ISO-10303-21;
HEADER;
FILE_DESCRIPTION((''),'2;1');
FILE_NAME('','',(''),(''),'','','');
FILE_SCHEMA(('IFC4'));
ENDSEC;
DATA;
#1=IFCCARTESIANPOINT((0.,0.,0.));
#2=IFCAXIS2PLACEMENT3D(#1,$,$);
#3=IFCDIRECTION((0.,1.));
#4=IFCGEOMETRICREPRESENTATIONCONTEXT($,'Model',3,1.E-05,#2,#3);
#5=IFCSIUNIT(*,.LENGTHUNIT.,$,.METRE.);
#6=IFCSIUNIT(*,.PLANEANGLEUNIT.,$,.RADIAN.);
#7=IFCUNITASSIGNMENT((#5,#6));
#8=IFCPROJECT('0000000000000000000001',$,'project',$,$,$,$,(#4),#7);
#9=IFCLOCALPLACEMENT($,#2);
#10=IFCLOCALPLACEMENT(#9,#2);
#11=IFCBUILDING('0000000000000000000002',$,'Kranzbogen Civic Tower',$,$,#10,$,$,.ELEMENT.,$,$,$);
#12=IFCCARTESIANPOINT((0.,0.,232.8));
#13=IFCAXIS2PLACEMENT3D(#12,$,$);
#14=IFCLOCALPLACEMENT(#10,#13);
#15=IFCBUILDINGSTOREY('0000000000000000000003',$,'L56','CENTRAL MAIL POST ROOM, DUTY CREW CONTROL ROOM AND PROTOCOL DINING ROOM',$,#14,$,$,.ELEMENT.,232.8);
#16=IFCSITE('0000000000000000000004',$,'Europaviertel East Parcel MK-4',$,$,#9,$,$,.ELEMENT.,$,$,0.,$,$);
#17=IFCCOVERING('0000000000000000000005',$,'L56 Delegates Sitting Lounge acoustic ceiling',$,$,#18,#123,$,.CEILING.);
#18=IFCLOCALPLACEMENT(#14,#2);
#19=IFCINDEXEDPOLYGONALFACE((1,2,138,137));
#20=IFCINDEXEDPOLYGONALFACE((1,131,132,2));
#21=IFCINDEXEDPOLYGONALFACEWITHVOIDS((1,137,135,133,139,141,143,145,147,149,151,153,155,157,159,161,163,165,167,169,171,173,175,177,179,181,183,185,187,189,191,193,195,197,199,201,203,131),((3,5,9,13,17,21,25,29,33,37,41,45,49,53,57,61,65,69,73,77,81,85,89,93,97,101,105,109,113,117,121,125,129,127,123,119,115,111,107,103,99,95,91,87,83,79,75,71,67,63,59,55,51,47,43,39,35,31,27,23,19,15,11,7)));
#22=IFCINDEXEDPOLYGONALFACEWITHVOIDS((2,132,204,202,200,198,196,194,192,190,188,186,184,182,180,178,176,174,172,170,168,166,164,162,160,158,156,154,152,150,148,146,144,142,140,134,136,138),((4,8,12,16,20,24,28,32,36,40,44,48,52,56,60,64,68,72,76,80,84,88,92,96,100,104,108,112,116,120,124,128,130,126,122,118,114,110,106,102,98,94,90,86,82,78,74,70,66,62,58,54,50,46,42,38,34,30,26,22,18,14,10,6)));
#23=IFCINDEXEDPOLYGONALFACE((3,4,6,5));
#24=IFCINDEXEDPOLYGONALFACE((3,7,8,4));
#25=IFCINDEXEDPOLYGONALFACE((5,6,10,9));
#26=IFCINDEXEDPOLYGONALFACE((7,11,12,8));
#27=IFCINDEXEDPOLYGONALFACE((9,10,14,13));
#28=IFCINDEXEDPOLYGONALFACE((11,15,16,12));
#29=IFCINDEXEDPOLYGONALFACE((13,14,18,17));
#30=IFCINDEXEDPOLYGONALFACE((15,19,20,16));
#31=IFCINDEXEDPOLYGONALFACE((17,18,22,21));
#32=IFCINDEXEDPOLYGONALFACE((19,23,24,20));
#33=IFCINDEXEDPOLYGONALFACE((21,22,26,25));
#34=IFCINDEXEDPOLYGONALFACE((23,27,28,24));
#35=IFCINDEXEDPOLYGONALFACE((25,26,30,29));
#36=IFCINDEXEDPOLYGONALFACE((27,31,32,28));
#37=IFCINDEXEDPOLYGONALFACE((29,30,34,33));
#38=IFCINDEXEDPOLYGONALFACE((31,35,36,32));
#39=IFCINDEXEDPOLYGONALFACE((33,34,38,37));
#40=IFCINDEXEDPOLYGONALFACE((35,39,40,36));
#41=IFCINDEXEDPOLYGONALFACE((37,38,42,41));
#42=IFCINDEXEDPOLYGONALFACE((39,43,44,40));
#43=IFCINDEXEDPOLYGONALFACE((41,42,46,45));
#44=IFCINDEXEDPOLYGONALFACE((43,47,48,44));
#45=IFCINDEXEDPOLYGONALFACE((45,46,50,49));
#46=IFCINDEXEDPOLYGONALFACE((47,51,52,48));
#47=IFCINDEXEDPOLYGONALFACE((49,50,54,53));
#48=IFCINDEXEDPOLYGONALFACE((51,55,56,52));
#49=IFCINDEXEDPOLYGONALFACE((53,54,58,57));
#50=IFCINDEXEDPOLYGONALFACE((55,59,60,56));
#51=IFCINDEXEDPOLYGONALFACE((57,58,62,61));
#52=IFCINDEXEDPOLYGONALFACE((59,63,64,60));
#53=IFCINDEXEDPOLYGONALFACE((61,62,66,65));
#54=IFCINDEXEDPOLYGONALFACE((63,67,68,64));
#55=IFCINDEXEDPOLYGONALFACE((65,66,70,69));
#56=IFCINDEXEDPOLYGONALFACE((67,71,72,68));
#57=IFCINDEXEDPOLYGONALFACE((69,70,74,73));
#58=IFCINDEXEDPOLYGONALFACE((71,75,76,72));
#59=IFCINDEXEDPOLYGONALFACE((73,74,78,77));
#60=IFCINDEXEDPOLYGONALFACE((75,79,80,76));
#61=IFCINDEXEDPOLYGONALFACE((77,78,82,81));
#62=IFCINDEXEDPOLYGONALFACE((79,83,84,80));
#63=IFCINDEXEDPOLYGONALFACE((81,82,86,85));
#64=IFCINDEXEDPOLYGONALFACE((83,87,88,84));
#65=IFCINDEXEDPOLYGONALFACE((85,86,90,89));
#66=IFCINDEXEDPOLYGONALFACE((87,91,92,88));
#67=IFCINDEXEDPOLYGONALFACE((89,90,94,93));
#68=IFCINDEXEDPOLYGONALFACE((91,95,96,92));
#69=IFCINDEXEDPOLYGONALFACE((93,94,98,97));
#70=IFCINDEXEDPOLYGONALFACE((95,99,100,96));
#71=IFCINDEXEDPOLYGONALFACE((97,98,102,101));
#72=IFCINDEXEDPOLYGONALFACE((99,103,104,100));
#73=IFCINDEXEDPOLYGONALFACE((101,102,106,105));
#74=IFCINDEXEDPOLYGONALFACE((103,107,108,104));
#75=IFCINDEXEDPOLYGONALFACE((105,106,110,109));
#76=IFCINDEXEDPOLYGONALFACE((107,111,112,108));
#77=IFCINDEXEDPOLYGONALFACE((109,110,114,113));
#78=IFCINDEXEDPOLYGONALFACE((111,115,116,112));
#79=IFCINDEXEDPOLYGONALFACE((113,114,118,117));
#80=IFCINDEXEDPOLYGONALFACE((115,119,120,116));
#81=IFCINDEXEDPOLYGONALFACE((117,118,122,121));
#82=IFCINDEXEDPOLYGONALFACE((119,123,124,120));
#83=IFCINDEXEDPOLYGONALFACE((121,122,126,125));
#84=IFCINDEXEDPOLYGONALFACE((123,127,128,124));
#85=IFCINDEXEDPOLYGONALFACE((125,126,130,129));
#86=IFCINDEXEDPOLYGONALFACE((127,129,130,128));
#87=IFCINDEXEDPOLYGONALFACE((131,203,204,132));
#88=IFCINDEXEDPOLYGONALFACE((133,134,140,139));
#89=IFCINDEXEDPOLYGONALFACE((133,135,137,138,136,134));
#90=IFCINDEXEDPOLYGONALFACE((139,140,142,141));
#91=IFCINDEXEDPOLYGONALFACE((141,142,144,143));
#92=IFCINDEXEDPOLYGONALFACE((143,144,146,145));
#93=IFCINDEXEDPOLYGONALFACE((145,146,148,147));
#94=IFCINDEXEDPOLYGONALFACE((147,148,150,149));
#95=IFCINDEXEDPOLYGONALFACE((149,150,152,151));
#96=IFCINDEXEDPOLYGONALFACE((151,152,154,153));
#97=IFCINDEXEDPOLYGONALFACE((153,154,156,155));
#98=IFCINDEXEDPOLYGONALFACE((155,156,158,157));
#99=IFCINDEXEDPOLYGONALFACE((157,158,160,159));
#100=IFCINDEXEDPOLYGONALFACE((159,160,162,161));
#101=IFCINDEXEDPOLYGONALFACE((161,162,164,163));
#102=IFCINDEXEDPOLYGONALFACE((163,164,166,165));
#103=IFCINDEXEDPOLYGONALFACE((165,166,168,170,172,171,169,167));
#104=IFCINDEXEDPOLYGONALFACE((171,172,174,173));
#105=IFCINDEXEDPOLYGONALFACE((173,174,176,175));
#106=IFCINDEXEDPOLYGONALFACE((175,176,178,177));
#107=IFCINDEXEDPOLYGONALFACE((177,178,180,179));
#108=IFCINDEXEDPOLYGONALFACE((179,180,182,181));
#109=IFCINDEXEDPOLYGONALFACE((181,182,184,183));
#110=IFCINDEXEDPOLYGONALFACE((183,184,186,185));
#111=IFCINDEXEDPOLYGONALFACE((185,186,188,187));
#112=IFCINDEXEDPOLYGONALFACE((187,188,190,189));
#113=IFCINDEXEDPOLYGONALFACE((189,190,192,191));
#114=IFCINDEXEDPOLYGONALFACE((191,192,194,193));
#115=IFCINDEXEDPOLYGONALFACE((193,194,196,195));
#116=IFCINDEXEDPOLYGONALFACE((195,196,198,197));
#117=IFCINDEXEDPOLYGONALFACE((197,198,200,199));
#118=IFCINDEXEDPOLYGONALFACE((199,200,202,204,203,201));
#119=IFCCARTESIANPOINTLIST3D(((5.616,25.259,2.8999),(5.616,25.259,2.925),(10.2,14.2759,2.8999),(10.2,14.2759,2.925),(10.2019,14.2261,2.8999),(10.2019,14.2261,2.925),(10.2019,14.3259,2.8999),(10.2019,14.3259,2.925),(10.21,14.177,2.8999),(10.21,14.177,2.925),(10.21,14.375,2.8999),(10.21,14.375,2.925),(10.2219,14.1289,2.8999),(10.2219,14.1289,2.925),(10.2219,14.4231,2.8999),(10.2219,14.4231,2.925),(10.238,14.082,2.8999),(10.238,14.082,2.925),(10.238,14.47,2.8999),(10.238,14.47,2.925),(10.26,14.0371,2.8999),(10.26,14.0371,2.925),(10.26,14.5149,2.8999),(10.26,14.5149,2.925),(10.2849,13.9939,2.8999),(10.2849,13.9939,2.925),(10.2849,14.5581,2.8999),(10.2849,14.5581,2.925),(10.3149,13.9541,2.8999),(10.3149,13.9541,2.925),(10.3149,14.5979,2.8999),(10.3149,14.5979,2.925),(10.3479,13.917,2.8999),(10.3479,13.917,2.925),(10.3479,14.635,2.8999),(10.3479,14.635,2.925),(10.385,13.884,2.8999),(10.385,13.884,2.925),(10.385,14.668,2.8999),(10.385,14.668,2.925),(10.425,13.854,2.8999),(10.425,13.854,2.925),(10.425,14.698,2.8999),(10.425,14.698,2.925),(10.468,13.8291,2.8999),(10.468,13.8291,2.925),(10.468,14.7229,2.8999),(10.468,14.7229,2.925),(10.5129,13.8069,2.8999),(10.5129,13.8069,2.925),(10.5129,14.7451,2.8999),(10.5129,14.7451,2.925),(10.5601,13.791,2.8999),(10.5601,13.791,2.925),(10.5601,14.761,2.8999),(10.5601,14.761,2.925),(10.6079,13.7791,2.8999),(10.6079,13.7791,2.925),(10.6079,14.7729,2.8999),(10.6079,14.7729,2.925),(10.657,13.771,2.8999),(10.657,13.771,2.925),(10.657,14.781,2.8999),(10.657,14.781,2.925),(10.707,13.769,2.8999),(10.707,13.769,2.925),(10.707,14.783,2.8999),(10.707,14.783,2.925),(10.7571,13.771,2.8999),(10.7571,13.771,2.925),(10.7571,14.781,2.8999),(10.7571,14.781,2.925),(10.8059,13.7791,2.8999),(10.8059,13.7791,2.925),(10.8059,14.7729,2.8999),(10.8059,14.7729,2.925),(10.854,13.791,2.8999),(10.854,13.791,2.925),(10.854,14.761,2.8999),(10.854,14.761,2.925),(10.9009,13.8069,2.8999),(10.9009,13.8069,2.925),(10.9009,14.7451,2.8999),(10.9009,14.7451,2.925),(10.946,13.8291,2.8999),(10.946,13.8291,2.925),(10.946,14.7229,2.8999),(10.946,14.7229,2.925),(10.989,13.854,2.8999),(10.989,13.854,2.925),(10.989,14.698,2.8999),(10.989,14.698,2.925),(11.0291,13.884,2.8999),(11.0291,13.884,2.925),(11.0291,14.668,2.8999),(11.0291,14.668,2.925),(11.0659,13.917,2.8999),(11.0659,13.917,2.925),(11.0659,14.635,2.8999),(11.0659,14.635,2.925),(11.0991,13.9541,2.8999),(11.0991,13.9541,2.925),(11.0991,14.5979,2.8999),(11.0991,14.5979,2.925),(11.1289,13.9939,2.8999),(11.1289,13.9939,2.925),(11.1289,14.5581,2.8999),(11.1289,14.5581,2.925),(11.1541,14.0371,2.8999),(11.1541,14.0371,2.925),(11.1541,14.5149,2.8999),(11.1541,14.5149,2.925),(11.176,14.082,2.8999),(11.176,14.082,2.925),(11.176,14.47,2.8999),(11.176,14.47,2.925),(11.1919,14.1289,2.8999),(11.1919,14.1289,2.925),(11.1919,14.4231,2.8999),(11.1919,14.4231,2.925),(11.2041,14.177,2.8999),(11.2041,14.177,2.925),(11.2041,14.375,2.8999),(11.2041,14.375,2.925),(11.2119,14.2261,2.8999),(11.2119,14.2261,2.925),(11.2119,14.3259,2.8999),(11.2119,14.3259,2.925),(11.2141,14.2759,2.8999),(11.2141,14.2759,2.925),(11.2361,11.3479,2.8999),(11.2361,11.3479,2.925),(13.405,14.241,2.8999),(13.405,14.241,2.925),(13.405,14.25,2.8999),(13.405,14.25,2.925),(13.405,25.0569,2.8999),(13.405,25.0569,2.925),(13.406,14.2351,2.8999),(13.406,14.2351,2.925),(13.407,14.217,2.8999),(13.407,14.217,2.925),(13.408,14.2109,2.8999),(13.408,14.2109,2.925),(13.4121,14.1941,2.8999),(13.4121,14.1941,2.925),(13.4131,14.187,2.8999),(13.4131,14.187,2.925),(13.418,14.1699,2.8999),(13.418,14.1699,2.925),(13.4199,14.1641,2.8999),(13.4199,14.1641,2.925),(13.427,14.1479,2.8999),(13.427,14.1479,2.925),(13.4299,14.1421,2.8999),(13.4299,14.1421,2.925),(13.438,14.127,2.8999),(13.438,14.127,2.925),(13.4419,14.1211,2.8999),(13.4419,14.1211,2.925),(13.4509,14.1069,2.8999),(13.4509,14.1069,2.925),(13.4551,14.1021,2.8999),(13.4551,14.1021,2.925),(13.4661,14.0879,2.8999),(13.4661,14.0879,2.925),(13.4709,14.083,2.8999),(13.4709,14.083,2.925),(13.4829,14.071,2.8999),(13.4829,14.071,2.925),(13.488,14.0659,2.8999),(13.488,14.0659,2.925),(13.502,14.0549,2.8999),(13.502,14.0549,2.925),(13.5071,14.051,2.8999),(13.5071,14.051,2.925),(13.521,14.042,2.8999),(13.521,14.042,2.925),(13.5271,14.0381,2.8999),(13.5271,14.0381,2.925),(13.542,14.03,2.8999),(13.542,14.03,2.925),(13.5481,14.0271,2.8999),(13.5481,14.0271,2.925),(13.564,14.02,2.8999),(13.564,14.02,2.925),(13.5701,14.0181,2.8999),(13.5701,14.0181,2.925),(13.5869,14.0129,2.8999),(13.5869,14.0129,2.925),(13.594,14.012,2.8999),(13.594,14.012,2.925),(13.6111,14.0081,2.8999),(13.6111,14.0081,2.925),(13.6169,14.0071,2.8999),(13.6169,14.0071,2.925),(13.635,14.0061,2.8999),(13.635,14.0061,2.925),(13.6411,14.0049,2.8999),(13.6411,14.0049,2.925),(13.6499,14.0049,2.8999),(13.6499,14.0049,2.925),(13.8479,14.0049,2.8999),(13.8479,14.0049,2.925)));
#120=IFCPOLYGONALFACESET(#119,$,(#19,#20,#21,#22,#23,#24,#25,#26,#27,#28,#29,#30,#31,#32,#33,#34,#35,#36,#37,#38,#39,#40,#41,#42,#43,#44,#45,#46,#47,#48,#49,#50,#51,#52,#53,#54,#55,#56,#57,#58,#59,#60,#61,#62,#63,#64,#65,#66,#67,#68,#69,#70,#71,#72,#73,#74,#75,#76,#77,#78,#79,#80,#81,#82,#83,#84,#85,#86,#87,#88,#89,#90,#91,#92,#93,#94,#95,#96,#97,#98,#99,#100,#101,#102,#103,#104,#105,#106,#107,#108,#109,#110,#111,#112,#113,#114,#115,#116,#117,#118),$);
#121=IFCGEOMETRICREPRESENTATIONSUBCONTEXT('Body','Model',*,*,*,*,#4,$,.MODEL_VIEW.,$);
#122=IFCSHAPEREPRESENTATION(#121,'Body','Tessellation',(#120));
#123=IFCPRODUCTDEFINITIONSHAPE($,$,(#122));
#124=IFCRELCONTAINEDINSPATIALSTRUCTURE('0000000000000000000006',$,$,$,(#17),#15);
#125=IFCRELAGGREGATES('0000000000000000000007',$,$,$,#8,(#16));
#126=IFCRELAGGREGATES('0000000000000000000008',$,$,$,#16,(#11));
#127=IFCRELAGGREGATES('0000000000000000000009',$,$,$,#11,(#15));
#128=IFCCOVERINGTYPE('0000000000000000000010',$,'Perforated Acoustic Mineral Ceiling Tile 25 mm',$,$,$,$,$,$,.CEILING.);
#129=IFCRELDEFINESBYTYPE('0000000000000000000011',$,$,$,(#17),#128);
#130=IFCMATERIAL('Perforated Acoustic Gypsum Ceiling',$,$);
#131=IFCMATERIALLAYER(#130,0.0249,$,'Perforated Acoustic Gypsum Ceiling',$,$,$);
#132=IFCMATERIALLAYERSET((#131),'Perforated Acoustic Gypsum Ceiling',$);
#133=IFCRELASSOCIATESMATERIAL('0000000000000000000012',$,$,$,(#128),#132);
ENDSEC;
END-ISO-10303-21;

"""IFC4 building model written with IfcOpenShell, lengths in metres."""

from ifc_helpers import new_model, si_unit, direction, frame, origin, place, context, subcontext, project, spatial, polyline, outline, extrude, material, layer, layer_set, type_object, element, save


model = new_model("IFC4")

# Units and contexts
model_context = context("Model", 3, precision=1e-05, world=origin(), true_north=direction((0.0, 1.0)))
body_context = subcontext(model_context, "Body", "Model", "MODEL_VIEW")
ifc_project = project(units=[si_unit("LENGTHUNIT", "METRE"), si_unit("PLANEANGLEUNIT", "RADIAN")], contexts=[model_context])

# Site, building, storey
site_placement = place(None, origin())
site = spatial("IfcSite", under=ifc_project, at=site_placement, Name="Europaviertel East Parcel MK-4", CompositionType="ELEMENT", RefElevation=0.0)
building_placement = place(site_placement, origin())
building = spatial("IfcBuilding", under=site, at=building_placement, Name="Kranzbogen Civic Tower", CompositionType="ELEMENT")
storey_placement = place(building_placement, frame((0.0, 0.0, 232.8)))
storey = spatial("IfcBuildingStorey", under=building, at=storey_placement, Name="L56", Description="CENTRAL MAIL POST ROOM, DUTY CREW CONTROL ROOM AND PROTOCOL DINING ROOM", CompositionType="ELEMENT", Elevation=232.8)

# Covering
ifc_material_1 = material(Name="Perforated Acoustic Gypsum Ceiling")
ifc_layer_1 = layer(ifc_material_1, 0.0249, Name="Perforated Acoustic Gypsum Ceiling")
ifc_layer_set_1 = layer_set([ifc_layer_1], Name="Perforated Acoustic Gypsum Ceiling")
covering_type = type_object("IfcCoveringType", Name="Perforated Acoustic Mineral Ceiling Tile 25 mm", PredefinedType="CEILING", material=ifc_layer_set_1)
covering_1_placement = place(storey_placement, frame((0.0, 0.0, 2.8999)))
element("IfcCovering", 1, at=covering_1_placement, inside=storey, type_object=covering_type, Name="L56 Delegates Sitting Lounge acoustic ceiling", PredefinedType="CEILING", context=body_context, shape_type="SweptSolid", body=[
    extrude(outline(polyline([(13.405, 25.0569), (13.405, 14.25), (13.405, 14.241), (13.406, 14.2351), (13.407, 14.217), (13.408, 14.2109), (13.4121, 14.1941), (13.4131, 14.187), (13.418, 14.1699), (13.4199, 14.1641), (13.427, 14.1479), (13.4299, 14.1421), (13.438, 14.127), (13.4419, 14.1211), (13.4509, 14.1069), (13.4551, 14.1021), (13.4661, 14.0879), (13.4709, 14.083), (13.4829, 14.071), (13.488, 14.0659), (13.502, 14.0549), (13.5071, 14.051), (13.521, 14.042), (13.5271, 14.0381), (13.542, 14.03), (13.5481, 14.0271), (13.564, 14.02), (13.5701, 14.0181), (13.5869, 14.0129), (13.594, 14.012), (13.6111, 14.0081), (13.6169, 14.0071), (13.635, 14.0061), (13.6411, 14.0049), (13.6499, 14.0049), (13.8479, 14.0049), (11.2361, 11.3479), (5.616, 25.259), (13.405, 25.0569)]), holes=[polyline([(11.176, 14.082), (11.1541, 14.0371), (11.1289, 13.9939), (11.0991, 13.9541), (11.0659, 13.917), (11.0291, 13.884), (10.989, 13.854), (10.946, 13.8291), (10.9009, 13.8069), (10.854, 13.791), (10.8059, 13.7791), (10.7571, 13.771), (10.707, 13.769), (10.657, 13.771), (10.6079, 13.7791), (10.5601, 13.791), (10.5129, 13.8069), (10.468, 13.8291), (10.425, 13.854), (10.385, 13.884), (10.3479, 13.917), (10.3149, 13.9541), (10.2849, 13.9939), (10.26, 14.0371), (10.238, 14.082), (10.2219, 14.1289), (10.21, 14.177), (10.2019, 14.2261), (10.2, 14.2759), (10.2019, 14.3259), (10.21, 14.375), (10.2219, 14.4231), (10.238, 14.47), (10.26, 14.5149), (10.2849, 14.5581), (10.3149, 14.5979), (10.3479, 14.635), (10.385, 14.668), (10.425, 14.698), (10.468, 14.7229), (10.5129, 14.7451), (10.5601, 14.761), (10.6079, 14.7729), (10.657, 14.781), (10.707, 14.783), (10.7571, 14.781), (10.8059, 14.7729), (10.854, 14.761), (10.9009, 14.7451), (10.946, 14.7229), (10.989, 14.698), (11.0291, 14.668), (11.0659, 14.635), (11.0991, 14.5979), (11.1289, 14.5581), (11.1541, 14.5149), (11.176, 14.47), (11.1919, 14.4231), (11.2041, 14.375), (11.2119, 14.3259), (11.2141, 14.2759), (11.2119, 14.2261), (11.2041, 14.177), (11.1919, 14.1289), (11.176, 14.082)])]), origin(), (0.0, 0.0, 1.0), 0.0251),
])

save(model, "model.ifc")
